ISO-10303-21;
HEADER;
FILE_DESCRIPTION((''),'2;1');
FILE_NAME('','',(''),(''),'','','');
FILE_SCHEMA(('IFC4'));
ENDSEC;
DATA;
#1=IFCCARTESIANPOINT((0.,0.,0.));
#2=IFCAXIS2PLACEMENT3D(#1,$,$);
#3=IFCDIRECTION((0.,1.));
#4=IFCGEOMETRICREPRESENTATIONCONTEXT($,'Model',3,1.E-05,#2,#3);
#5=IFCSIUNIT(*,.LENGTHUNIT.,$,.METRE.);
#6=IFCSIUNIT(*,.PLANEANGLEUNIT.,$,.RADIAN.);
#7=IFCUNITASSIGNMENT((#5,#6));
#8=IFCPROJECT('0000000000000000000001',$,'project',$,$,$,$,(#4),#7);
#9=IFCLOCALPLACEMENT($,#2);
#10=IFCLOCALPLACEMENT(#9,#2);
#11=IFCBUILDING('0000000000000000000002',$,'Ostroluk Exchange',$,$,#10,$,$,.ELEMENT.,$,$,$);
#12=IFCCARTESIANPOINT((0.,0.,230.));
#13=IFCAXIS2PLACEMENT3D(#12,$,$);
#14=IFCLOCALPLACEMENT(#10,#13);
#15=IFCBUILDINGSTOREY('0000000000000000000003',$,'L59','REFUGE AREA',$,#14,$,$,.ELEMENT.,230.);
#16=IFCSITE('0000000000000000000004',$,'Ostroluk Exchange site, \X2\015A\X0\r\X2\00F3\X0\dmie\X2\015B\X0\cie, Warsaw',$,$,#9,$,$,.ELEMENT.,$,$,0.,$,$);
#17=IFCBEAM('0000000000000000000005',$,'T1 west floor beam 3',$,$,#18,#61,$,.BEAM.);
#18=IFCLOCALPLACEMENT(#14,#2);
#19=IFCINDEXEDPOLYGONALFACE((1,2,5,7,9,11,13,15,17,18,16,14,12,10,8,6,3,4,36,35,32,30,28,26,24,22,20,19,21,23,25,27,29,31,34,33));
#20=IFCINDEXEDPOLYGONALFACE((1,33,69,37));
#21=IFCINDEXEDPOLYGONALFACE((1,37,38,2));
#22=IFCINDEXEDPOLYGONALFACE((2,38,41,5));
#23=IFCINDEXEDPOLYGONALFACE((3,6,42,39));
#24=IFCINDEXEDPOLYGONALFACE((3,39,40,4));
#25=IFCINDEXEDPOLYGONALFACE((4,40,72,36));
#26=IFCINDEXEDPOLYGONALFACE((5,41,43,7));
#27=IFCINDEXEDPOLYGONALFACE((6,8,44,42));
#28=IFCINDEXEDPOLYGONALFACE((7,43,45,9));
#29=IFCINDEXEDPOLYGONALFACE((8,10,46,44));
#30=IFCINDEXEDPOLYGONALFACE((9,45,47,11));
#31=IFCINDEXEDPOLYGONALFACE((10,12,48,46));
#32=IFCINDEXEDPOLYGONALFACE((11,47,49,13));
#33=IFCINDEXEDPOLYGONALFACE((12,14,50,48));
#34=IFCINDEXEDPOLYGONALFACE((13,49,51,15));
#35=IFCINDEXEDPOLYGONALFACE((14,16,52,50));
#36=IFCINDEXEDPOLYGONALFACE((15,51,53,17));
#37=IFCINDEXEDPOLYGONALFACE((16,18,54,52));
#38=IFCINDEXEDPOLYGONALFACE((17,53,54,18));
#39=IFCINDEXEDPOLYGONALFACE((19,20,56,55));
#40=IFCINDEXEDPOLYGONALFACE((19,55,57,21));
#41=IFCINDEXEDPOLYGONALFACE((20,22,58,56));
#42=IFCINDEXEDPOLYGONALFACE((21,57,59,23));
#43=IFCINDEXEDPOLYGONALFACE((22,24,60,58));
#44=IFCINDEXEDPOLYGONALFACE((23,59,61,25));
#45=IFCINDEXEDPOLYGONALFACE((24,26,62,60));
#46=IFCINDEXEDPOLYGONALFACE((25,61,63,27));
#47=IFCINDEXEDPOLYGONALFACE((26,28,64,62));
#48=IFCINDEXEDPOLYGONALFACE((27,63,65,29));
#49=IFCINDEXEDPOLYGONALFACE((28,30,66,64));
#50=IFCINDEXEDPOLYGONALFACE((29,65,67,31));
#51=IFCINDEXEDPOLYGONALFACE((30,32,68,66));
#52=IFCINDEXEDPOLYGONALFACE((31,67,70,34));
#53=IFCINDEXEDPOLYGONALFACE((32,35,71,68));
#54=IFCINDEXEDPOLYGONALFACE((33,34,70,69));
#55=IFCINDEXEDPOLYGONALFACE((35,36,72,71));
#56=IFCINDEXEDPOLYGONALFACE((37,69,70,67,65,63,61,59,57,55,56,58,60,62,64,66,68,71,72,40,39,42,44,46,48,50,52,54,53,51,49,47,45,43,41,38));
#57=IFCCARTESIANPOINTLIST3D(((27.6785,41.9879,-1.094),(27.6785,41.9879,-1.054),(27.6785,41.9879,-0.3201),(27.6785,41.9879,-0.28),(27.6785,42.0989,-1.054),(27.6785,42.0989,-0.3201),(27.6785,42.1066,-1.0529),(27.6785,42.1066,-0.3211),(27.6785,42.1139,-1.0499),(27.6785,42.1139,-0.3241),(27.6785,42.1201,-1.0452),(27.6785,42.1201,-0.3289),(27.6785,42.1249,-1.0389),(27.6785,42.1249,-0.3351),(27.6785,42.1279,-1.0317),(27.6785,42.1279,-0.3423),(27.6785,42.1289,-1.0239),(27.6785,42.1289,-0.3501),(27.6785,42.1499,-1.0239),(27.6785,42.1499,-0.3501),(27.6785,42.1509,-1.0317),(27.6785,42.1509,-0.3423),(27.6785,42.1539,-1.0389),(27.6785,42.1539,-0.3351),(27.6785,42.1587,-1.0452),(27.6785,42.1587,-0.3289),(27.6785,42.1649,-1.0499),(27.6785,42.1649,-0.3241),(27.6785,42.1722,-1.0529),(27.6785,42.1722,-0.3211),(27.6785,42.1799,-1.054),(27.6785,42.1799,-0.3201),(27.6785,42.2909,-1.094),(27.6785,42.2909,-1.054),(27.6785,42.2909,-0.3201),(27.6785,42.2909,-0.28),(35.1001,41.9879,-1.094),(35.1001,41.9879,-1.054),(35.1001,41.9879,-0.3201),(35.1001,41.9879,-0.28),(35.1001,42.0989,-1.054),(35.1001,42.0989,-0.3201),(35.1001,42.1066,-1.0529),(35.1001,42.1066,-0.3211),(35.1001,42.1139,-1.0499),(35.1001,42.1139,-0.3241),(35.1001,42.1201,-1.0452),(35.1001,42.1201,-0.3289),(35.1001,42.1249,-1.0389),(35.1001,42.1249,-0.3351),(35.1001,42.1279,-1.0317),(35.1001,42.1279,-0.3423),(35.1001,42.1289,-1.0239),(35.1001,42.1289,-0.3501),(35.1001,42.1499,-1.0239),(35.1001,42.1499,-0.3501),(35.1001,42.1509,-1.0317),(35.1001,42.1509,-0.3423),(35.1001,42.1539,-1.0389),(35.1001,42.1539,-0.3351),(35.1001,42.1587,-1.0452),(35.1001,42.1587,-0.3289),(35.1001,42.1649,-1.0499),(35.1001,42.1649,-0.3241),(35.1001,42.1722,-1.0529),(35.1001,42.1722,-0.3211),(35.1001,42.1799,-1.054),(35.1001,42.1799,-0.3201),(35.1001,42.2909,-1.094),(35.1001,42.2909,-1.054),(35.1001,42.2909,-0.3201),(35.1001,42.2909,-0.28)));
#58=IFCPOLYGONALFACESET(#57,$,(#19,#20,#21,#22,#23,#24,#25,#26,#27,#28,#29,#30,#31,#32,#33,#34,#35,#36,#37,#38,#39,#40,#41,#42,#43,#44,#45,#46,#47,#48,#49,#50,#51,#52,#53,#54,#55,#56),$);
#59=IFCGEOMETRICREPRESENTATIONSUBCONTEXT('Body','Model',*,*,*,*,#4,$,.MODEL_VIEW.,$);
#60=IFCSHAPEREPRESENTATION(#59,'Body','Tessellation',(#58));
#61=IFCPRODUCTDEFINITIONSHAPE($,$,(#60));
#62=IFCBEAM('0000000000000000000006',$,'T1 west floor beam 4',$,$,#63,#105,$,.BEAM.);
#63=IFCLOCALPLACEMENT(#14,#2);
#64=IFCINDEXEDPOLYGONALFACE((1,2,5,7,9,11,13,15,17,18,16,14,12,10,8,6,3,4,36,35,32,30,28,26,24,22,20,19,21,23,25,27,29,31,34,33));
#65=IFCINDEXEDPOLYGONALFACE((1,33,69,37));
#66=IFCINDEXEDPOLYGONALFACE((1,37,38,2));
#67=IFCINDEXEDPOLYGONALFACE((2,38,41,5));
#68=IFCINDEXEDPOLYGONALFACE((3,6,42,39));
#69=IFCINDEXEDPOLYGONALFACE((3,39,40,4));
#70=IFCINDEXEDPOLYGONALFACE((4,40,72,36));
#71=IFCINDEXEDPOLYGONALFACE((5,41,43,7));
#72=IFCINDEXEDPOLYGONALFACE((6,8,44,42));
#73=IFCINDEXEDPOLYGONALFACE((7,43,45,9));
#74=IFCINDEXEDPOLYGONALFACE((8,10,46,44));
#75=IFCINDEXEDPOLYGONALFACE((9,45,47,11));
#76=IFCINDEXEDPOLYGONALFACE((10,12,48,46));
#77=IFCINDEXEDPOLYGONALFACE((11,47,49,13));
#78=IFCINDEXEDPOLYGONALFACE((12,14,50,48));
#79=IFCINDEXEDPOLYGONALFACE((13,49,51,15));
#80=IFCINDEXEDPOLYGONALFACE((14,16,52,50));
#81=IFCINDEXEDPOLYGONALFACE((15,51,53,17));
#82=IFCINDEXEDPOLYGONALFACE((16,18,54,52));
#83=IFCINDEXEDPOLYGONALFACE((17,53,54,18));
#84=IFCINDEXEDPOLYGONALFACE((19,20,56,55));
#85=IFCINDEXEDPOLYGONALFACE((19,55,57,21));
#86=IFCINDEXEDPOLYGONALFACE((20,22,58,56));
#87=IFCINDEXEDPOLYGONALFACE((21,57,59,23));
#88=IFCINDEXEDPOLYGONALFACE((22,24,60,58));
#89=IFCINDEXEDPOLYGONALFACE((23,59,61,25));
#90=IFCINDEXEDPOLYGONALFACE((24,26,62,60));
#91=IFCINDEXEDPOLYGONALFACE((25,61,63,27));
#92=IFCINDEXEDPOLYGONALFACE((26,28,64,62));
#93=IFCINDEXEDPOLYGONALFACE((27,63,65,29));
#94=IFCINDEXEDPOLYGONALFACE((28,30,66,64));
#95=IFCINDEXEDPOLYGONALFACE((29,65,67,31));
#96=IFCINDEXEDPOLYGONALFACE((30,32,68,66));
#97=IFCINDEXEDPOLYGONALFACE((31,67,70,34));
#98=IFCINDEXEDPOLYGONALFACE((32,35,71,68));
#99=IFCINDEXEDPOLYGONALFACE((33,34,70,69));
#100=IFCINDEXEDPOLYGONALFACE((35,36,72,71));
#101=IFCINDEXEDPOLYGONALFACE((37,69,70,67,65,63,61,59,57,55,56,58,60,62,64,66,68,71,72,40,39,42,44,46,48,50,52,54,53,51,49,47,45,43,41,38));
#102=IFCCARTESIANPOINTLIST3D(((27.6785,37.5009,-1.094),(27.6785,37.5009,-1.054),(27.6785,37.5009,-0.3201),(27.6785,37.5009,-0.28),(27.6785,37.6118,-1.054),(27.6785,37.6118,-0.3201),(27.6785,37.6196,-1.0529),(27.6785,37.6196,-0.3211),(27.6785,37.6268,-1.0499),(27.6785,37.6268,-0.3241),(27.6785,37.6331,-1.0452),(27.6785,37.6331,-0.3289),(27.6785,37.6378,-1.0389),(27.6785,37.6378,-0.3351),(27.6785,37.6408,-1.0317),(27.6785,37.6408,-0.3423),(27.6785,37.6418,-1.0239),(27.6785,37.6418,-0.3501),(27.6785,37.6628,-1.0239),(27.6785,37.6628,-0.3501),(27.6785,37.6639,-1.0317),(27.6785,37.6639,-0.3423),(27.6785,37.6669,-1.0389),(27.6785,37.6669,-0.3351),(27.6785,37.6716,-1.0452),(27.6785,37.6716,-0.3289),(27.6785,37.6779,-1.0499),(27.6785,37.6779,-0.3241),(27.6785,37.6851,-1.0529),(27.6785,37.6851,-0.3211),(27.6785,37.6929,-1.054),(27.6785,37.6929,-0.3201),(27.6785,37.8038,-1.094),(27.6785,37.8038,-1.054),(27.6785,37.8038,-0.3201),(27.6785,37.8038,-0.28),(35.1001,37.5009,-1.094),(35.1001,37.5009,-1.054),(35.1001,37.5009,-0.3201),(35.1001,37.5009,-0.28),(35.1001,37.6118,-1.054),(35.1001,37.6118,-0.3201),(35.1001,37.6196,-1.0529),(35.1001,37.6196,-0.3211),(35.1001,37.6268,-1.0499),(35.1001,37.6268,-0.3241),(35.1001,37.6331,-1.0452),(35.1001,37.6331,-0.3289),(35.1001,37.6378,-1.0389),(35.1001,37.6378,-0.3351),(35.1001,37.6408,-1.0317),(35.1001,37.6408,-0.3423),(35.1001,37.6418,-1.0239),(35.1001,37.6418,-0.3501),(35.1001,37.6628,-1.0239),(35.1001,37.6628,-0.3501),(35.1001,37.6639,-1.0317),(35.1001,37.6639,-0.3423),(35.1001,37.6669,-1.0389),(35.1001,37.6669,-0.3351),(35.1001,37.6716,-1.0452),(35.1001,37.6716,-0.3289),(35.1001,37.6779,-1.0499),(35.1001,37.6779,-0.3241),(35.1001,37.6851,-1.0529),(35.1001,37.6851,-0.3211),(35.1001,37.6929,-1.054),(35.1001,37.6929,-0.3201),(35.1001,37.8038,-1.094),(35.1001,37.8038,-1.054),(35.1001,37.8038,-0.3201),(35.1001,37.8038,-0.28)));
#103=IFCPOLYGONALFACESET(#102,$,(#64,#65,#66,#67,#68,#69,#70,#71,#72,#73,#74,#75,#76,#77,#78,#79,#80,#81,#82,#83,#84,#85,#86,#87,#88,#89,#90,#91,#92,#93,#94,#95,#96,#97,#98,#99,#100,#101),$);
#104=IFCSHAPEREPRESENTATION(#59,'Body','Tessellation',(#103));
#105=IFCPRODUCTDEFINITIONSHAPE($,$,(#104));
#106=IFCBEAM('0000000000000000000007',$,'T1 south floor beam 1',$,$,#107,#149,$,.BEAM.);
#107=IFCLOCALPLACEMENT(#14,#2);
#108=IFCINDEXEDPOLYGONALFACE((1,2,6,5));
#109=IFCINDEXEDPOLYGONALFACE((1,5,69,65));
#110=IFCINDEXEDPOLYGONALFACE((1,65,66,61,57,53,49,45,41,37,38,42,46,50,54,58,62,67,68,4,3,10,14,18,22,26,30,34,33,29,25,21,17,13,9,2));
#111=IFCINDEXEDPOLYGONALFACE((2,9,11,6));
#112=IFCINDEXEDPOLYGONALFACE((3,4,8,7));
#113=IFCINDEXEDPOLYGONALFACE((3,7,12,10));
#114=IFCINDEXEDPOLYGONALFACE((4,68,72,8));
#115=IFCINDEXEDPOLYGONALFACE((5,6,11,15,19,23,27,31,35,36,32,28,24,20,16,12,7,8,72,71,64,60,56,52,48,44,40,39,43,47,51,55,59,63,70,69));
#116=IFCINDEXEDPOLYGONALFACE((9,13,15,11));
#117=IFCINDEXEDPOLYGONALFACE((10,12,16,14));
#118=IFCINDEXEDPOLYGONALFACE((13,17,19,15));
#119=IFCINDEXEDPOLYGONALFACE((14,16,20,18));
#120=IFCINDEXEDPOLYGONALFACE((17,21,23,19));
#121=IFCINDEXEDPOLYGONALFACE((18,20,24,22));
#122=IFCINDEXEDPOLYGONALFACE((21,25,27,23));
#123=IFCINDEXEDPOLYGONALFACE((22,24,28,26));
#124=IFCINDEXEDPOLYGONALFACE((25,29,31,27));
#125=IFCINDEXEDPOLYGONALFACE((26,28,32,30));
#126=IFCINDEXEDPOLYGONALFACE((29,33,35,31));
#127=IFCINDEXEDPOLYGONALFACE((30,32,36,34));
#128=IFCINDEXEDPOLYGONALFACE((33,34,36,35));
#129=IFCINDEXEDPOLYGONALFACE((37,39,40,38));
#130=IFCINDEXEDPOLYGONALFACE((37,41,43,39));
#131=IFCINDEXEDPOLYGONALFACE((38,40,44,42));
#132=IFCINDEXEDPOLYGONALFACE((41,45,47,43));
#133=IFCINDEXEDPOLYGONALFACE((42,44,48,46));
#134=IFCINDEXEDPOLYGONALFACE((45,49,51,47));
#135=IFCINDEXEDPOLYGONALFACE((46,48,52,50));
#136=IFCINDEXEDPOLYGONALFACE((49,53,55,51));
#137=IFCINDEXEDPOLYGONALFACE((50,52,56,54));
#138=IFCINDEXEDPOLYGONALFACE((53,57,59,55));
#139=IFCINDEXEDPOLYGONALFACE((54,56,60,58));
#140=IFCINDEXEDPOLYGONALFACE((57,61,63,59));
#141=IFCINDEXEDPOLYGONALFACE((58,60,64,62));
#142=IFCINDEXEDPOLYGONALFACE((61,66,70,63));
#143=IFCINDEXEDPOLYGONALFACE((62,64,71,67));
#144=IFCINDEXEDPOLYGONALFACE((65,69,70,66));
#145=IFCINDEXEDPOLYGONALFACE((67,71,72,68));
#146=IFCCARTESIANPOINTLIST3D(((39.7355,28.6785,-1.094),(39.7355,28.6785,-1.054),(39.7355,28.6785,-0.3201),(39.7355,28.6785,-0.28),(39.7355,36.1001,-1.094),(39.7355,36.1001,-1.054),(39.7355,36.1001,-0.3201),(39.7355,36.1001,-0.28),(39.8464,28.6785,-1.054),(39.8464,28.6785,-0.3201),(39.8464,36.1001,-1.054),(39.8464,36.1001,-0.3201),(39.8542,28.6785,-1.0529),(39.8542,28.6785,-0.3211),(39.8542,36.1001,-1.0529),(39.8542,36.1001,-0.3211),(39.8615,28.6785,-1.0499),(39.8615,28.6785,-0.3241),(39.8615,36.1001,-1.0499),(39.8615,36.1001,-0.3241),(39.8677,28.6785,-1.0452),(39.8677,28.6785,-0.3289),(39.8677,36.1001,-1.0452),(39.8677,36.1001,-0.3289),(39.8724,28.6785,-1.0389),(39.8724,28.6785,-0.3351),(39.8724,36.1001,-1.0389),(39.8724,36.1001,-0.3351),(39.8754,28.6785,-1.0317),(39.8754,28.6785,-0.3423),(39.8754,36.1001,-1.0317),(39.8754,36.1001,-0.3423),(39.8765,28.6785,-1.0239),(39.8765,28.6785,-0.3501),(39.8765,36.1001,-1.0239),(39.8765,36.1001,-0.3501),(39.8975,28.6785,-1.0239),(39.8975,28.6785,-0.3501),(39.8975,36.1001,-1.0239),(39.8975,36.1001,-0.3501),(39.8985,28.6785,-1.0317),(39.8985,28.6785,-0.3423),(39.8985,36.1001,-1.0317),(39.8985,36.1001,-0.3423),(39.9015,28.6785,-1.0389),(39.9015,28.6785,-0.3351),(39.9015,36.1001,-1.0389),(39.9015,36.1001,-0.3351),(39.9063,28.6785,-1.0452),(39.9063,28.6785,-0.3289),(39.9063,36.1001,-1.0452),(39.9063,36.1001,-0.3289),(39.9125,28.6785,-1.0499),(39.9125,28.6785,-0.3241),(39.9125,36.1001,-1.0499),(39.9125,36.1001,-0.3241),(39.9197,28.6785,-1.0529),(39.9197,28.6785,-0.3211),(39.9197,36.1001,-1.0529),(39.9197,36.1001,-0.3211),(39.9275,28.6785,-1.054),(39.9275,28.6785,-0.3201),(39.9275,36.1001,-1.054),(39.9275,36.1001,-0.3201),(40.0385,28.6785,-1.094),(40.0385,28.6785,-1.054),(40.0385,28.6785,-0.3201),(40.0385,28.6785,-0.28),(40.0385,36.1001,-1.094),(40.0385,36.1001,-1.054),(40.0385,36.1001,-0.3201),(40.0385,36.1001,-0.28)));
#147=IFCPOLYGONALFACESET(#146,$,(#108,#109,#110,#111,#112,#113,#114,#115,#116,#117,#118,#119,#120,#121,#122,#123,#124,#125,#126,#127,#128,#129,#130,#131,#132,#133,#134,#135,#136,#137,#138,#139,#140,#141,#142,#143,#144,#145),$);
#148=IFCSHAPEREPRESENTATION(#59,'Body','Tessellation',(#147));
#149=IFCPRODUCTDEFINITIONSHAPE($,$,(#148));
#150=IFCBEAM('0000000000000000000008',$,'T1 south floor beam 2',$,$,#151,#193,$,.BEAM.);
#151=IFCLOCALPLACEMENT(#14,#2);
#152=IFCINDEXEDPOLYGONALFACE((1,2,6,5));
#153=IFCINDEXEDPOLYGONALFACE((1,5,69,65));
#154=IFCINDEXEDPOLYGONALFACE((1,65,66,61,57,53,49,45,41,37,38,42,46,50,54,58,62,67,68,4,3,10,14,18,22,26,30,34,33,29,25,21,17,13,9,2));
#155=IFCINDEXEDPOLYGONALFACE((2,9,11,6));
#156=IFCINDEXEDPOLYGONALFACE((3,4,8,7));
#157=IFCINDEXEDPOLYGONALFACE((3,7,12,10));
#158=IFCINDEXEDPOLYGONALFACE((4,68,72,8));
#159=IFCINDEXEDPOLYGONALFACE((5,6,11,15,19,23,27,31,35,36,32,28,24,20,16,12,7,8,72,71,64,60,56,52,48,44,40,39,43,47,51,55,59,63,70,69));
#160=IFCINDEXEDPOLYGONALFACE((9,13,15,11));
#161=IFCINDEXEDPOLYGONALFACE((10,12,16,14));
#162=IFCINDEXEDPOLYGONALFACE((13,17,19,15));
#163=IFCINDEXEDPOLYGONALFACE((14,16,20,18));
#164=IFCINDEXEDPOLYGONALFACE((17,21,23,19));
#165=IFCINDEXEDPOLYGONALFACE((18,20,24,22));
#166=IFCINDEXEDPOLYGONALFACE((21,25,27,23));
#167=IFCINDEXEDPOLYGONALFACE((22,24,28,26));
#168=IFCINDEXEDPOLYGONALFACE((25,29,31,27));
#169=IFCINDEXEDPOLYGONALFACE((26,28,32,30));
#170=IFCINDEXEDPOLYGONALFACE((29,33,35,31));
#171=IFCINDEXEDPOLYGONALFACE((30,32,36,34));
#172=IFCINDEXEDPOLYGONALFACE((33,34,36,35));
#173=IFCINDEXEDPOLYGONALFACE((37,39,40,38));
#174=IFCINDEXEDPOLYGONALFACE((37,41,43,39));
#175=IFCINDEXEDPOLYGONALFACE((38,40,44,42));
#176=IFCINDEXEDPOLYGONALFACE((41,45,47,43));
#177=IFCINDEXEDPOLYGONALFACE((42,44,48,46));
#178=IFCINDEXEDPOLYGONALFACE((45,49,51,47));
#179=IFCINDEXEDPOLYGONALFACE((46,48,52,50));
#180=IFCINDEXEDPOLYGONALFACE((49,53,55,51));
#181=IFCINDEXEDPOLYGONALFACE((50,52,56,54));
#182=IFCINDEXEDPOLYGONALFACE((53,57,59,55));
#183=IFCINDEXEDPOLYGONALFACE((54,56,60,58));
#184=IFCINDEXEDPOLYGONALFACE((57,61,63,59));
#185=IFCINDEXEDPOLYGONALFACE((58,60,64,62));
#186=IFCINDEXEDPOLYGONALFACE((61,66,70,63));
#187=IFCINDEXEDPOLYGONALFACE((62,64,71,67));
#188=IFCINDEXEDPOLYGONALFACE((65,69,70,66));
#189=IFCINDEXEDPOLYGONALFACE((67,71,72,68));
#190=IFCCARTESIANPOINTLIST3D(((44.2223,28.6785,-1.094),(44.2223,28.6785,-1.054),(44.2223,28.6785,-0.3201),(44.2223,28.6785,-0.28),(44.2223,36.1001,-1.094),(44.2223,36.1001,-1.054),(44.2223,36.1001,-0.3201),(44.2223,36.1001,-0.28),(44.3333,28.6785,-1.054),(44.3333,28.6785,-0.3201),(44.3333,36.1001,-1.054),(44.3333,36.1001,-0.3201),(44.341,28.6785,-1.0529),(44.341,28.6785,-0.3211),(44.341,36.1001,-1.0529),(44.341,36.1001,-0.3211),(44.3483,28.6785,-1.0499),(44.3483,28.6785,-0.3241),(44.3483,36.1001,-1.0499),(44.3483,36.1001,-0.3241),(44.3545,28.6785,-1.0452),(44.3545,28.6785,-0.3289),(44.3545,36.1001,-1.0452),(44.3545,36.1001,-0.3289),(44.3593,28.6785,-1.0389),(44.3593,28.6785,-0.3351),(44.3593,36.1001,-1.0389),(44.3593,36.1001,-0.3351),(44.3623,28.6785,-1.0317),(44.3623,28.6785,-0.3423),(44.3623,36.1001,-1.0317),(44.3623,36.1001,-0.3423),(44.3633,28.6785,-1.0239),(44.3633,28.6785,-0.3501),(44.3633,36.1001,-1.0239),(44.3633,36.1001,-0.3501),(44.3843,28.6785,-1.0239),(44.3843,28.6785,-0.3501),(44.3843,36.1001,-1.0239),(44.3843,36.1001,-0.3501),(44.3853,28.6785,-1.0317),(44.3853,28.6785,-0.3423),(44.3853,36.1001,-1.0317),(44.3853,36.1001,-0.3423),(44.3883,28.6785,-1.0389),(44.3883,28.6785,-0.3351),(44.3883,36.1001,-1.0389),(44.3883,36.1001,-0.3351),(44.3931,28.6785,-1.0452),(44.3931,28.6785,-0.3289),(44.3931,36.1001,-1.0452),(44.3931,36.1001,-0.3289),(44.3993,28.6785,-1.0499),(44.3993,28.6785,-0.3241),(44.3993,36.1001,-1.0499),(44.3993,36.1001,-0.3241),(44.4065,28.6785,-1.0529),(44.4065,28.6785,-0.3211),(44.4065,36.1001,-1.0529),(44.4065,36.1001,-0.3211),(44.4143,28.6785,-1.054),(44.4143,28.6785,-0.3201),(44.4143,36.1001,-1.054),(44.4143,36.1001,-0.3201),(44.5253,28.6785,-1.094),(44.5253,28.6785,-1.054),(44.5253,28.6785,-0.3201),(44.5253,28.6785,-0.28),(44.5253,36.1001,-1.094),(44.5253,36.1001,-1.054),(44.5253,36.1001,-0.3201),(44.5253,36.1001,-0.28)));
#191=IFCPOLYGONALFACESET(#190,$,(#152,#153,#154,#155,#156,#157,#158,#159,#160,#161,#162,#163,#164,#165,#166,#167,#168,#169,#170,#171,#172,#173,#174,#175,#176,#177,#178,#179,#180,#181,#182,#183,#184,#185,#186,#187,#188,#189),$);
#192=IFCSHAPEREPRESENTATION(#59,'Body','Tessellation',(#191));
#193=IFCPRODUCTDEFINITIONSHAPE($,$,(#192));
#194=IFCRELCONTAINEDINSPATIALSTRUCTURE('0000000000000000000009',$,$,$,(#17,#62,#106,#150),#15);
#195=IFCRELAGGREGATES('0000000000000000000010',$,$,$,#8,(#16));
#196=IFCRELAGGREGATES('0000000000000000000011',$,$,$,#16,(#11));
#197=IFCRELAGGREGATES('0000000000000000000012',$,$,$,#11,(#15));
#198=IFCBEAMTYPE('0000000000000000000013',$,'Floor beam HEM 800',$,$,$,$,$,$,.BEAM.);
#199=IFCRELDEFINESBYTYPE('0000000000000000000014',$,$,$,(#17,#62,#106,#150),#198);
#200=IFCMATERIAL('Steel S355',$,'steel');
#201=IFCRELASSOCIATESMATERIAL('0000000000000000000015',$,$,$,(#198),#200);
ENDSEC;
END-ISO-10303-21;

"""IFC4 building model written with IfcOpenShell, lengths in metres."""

from ifc_helpers import new_model, si_unit, direction, frame, origin, origin_2d, place, context, subcontext, project, spatial, i_section, extrude, material, material_profile, profile_set, type_object, element, save


model = new_model("IFC4")

# Units and contexts
model_context = context("Model", 3, precision=1e-05, world=origin(), true_north=direction((0.0, 1.0)))
body_context = subcontext(model_context, "Body", "Model", "MODEL_VIEW")
ifc_project = project(units=[si_unit("LENGTHUNIT", "METRE"), si_unit("PLANEANGLEUNIT", "RADIAN")], contexts=[model_context])

# Site, building, storey
site_placement = place(None, origin())
site = spatial("IfcSite", under=ifc_project, at=site_placement, Name="Ostroluk Exchange site, Śródmieście, Warsaw", CompositionType="ELEMENT", RefElevation=0.0)
building_placement = place(site_placement, origin())
building = spatial("IfcBuilding", under=site, at=building_placement, Name="Ostroluk Exchange", CompositionType="ELEMENT")
storey_placement = place(building_placement, frame((0.0, 0.0, 230.0)))
storey = spatial("IfcBuildingStorey", under=building, at=storey_placement, Name="L59", Description="REFUGE AREA", CompositionType="ELEMENT", Elevation=230.0)

# Beams
ifc_material_1 = material(Name="Steel S355", Category="steel")
ifc_material_profile_1 = material_profile(ifc_material_1, i_section(OverallWidth=0.303, OverallDepth=0.814, WebThickness=0.021, FlangeThickness=0.04, FilletRadius=0.03, at=origin_2d()), Name="HEM 800")
ifc_profile_set_1 = profile_set([ifc_material_profile_1], Name="Steel S355")
beam_type_1 = type_object("IfcBeamType", Name="Floor beam HEM 800", PredefinedType="BEAM", material=ifc_profile_set_1)
for number, where, z_axis, x_axis, name in (
    (1, (35.1001, 42.1394, -0.687), (-1.0, 0.0, 0.0), (0.0, -1.0, 0.0), "T1 west floor beam 3"),
    (2, (35.1001, 37.6523, -0.687), (-1.0, 0.0, 0.0), (0.0, -1.0, 0.0), "T1 west floor beam 4"),
    (3, (39.887, 36.1001, -0.687), (0.0, -1.0, 0.0), (1.0, 0.0, 0.0), "T1 south floor beam 1"),
    (4, (44.3738, 36.1001, -0.687), (0.0, -1.0, 0.0), (1.0, 0.0, 0.0), "T1 south floor beam 2"),
):
    element("IfcBeam", number, at=place(storey_placement, frame(where, z_axis=z_axis, x_axis=x_axis)), inside=storey, type_object=beam_type_1, Name=name, PredefinedType="BEAM", context=body_context, shape_type="SweptSolid", body=[
        extrude(i_section(OverallWidth=0.303, OverallDepth=0.814, WebThickness=0.021, FlangeThickness=0.04, FilletRadius=0.03, at=origin_2d()), origin(), (0.0, 0.0, 1.0), 7.4216),
    ])

save(model, "model.ifc")
